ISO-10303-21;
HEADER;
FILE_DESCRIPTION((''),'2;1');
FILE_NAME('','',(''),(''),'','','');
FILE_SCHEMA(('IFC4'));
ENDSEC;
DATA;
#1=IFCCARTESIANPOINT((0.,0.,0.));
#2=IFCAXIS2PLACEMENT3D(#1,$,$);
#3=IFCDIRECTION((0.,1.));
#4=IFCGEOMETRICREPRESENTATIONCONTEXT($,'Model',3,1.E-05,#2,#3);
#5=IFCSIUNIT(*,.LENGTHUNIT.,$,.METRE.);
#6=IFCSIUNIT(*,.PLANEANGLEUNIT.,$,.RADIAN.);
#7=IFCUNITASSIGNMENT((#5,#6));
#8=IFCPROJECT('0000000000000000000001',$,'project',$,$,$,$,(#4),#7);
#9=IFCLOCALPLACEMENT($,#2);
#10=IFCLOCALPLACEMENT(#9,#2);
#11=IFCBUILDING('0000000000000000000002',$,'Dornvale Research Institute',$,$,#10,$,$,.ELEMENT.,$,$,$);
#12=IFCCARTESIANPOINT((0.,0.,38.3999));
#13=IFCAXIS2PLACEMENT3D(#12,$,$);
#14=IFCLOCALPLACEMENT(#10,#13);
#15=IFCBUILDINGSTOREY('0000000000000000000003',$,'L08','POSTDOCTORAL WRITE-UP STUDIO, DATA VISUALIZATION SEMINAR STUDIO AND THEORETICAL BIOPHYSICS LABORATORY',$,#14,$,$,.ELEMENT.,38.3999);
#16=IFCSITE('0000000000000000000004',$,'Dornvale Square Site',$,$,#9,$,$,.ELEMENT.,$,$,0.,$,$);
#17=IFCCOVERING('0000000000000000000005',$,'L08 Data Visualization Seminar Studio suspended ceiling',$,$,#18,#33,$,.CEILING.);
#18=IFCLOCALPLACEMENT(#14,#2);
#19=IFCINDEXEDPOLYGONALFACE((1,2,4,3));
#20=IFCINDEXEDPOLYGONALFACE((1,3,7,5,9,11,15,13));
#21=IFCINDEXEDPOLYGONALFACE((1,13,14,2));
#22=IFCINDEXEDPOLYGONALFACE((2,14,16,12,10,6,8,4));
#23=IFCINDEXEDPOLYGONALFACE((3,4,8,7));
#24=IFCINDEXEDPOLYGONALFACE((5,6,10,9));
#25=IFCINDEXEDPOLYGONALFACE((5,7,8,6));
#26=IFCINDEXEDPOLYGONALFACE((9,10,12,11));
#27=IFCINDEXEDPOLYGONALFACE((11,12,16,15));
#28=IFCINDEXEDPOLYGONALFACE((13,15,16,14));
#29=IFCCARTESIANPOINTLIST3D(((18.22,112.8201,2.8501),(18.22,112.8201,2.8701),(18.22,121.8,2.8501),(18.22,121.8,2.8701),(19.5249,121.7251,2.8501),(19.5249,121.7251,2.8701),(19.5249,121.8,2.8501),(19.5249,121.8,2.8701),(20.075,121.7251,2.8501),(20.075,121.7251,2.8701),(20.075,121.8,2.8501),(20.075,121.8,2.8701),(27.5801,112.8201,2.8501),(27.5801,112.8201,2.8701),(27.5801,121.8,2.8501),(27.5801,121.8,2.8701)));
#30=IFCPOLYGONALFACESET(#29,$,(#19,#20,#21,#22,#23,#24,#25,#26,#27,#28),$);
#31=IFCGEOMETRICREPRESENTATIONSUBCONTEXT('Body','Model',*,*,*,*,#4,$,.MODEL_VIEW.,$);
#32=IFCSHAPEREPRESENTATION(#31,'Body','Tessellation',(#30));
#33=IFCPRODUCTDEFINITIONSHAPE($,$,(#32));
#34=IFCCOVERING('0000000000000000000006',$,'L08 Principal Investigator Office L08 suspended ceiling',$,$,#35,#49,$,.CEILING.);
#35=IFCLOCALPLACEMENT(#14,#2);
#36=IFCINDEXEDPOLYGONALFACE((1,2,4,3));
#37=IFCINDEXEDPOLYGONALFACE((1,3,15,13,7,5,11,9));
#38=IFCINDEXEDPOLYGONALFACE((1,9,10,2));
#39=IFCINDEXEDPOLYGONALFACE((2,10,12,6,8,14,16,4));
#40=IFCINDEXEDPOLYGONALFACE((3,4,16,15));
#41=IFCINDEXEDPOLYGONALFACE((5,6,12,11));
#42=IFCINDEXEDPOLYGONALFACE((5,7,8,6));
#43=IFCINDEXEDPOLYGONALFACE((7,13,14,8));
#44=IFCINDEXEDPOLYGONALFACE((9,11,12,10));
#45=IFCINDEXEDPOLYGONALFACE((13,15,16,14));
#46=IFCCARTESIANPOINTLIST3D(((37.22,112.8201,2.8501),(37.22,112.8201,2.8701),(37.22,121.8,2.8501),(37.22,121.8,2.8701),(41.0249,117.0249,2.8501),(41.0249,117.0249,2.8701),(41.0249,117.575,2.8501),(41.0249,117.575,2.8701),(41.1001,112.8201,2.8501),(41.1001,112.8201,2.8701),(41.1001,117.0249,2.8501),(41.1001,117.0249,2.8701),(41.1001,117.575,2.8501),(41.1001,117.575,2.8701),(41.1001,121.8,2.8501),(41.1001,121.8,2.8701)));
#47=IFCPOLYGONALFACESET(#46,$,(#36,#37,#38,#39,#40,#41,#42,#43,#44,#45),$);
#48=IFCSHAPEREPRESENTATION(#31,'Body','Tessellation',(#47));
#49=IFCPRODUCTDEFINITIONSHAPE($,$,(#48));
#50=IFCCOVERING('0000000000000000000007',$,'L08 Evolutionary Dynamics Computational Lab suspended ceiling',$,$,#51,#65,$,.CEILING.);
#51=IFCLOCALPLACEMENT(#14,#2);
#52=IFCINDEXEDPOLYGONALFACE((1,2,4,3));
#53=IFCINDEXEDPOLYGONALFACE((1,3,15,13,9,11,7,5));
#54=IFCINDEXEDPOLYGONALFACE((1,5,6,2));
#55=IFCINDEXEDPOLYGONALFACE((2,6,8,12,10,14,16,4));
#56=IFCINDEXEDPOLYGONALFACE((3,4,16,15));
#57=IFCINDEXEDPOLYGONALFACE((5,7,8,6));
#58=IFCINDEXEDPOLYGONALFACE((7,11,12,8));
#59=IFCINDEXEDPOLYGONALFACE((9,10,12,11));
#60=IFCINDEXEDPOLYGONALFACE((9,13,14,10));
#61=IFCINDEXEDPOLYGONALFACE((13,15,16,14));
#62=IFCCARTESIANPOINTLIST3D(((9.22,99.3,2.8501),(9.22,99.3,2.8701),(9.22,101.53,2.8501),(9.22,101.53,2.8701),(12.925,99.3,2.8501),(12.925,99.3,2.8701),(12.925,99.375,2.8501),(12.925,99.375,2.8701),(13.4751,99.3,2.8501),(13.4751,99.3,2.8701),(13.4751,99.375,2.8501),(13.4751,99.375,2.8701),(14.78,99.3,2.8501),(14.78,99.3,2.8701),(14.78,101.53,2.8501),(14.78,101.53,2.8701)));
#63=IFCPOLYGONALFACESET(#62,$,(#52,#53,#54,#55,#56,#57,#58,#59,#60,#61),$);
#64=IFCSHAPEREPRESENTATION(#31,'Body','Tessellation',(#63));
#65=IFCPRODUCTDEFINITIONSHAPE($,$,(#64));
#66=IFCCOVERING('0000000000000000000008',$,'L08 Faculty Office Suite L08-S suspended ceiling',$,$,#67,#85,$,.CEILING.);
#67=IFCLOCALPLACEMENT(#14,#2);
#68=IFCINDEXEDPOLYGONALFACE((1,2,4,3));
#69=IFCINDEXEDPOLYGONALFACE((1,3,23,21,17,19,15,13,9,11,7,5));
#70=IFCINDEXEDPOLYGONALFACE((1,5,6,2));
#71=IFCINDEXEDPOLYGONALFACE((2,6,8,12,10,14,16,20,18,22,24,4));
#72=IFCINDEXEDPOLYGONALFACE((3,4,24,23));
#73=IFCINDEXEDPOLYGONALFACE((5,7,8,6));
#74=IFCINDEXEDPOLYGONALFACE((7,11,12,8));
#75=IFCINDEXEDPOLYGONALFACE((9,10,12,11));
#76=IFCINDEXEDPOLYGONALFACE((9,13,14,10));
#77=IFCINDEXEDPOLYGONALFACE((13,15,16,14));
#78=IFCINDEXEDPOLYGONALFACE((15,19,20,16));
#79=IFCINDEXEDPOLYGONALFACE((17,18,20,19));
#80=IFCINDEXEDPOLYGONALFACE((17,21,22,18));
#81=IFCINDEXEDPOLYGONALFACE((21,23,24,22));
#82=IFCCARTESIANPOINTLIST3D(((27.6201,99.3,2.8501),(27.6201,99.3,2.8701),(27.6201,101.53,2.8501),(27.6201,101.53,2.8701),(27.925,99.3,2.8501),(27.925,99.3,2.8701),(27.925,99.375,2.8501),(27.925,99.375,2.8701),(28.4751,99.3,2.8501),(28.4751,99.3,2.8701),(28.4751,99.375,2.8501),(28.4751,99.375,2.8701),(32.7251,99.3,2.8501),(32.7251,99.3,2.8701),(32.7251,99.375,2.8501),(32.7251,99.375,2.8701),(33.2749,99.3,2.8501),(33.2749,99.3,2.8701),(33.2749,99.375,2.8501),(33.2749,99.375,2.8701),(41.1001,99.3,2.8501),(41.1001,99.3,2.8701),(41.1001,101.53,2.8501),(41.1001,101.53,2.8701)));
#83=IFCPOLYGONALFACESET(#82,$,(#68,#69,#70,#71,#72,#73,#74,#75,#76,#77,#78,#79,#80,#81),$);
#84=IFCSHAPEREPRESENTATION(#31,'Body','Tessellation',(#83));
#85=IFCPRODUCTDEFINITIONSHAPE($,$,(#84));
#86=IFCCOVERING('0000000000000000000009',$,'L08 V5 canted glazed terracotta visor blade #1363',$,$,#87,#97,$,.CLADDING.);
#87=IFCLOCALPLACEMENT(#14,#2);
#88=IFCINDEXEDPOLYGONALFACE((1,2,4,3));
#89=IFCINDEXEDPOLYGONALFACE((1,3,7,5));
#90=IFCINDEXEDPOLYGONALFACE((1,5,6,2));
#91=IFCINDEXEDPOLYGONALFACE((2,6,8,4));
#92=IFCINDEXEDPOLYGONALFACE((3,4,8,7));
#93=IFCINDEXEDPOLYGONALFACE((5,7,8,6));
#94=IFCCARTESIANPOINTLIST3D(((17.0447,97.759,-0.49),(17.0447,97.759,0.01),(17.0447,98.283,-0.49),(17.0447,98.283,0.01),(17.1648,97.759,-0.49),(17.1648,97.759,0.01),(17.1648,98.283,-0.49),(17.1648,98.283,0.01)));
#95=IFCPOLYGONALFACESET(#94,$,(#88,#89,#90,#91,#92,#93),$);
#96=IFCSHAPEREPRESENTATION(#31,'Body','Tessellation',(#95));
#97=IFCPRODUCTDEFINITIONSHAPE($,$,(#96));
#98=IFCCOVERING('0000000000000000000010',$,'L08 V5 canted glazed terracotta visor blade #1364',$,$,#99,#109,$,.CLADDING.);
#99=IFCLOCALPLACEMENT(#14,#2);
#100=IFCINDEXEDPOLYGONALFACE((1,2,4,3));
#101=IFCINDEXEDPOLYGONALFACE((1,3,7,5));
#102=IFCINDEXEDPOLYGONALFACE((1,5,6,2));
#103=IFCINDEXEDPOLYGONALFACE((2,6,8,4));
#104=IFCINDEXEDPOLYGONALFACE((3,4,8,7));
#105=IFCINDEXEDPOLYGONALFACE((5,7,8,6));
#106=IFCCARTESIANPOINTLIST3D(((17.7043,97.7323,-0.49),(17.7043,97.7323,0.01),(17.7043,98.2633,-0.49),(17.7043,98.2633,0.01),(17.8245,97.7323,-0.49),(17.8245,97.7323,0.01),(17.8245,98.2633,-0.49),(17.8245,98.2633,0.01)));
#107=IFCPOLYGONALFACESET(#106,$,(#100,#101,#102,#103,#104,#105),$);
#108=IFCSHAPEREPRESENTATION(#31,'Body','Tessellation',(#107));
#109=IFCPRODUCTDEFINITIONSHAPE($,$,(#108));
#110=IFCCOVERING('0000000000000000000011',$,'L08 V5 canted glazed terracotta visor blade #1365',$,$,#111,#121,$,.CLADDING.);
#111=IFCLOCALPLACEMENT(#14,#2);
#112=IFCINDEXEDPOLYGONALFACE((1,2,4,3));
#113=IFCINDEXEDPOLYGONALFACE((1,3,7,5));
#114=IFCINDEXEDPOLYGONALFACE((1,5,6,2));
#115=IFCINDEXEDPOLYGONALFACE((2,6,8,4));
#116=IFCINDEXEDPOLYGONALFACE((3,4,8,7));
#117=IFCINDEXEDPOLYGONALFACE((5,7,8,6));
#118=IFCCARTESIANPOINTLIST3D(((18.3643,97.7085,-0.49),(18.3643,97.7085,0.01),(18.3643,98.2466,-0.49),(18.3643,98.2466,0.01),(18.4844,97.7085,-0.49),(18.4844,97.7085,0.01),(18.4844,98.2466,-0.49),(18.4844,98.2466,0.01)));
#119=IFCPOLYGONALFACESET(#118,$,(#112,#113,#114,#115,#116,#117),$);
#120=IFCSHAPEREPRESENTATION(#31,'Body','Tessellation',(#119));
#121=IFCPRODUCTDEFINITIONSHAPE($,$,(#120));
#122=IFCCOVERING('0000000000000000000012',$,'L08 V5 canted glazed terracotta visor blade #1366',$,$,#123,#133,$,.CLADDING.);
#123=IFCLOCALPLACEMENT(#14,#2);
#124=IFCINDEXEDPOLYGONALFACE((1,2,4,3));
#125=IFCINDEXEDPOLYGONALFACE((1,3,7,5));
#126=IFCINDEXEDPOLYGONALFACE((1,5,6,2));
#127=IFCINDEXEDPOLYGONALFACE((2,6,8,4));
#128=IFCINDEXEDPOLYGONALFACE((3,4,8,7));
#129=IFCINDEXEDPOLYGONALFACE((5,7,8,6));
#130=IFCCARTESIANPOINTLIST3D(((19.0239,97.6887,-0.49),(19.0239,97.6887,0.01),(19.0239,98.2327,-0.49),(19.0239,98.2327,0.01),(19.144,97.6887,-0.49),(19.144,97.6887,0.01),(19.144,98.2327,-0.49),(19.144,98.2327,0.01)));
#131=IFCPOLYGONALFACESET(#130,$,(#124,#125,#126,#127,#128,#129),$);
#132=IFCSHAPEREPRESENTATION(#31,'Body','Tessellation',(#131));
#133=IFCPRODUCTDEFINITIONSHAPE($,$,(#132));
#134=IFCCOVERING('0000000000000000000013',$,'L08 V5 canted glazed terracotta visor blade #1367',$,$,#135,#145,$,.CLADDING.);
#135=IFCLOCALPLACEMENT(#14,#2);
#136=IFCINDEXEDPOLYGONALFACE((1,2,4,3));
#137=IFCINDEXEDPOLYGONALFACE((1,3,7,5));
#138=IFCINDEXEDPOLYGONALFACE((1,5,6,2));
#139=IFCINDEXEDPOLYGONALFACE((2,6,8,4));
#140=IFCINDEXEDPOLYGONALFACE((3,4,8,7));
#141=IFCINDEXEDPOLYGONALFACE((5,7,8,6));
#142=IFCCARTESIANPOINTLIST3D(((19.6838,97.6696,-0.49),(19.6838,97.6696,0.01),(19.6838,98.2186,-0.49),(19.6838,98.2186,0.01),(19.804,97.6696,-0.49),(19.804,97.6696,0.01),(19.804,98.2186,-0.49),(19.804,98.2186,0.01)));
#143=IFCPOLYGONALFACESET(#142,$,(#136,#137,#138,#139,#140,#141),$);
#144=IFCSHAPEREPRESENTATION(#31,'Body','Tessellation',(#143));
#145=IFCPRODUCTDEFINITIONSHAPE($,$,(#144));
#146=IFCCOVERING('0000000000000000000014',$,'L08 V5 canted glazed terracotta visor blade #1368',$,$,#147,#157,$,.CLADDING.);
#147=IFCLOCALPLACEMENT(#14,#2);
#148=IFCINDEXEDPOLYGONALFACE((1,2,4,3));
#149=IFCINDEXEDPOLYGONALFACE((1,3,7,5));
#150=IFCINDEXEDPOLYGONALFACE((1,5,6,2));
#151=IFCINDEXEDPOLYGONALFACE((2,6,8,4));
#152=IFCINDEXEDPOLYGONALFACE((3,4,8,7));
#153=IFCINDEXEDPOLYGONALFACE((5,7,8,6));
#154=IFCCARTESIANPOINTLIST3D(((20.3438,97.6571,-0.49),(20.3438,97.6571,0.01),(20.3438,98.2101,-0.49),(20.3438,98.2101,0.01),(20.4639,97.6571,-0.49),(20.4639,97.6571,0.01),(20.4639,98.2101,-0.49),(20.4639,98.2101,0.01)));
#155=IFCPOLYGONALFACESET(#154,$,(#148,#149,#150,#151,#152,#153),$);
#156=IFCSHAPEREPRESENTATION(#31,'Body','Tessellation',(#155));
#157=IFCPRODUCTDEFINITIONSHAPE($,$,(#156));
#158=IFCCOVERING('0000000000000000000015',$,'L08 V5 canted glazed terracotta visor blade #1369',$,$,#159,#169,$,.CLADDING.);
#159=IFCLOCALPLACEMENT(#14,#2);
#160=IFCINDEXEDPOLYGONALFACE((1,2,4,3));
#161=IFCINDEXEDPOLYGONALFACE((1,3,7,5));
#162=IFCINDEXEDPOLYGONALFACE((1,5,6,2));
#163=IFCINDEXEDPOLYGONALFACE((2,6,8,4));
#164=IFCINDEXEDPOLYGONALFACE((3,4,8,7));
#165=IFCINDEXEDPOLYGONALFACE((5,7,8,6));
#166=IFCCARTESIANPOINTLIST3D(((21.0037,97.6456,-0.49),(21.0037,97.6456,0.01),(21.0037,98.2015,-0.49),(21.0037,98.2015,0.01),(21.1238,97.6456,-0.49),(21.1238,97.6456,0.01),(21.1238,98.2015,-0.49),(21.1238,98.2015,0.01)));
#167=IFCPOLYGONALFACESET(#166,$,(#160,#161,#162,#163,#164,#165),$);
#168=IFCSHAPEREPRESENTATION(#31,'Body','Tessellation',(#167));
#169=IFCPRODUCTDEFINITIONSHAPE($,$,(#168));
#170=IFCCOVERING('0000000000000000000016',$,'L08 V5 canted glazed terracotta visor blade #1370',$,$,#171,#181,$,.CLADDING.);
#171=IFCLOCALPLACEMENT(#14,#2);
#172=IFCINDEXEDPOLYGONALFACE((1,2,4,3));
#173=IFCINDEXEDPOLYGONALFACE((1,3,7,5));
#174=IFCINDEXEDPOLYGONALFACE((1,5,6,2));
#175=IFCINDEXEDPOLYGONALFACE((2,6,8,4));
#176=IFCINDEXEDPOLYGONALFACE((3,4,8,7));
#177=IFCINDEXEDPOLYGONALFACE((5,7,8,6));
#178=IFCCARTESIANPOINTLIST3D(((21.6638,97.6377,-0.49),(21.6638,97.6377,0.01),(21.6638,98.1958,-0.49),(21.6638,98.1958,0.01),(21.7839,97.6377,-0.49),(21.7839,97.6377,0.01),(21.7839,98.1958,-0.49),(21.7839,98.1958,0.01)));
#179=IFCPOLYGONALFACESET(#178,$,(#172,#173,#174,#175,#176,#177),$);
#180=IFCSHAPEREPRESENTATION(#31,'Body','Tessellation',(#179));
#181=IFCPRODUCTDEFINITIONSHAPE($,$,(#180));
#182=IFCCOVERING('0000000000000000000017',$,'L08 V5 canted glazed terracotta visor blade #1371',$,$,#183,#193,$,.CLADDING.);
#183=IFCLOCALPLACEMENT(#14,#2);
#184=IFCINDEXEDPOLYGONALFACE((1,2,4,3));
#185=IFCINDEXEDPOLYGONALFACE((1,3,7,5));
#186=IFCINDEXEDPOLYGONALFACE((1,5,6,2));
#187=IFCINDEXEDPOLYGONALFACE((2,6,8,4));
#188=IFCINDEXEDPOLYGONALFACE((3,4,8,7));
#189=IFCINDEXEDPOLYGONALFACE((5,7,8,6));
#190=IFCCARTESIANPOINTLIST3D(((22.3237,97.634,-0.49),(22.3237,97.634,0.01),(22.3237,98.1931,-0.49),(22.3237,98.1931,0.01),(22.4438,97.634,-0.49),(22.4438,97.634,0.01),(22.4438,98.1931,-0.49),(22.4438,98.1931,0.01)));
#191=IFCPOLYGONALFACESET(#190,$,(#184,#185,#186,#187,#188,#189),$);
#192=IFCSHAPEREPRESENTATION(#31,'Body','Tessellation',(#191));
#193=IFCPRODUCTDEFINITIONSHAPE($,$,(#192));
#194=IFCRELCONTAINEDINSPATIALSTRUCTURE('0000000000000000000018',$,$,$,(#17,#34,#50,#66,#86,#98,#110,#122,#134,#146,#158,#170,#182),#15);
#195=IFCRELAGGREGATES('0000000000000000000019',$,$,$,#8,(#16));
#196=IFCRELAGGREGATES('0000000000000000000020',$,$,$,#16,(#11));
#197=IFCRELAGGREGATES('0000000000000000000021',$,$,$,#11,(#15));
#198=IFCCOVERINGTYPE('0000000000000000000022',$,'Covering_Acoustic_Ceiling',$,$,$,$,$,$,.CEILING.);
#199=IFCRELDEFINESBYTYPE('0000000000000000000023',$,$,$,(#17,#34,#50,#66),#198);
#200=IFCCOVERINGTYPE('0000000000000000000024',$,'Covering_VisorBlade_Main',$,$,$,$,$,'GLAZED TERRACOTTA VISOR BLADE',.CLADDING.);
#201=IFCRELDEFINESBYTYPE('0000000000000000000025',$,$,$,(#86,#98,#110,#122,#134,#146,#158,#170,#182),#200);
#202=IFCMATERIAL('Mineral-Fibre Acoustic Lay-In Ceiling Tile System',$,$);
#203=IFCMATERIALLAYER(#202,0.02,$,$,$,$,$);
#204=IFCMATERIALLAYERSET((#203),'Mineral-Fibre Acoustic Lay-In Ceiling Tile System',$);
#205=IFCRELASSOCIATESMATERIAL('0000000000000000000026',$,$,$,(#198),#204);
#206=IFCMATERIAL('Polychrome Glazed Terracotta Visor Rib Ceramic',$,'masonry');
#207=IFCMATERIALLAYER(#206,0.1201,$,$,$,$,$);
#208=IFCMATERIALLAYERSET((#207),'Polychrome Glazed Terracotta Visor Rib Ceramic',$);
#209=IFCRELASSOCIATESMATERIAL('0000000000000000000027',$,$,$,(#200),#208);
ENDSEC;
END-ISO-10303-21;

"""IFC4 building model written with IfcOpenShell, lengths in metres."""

from ifc_helpers import new_model, si_unit, direction, frame, origin, origin_2d, place, context, subcontext, project, spatial, polyline, rectangle, outline, extrude, material, layer, layer_set, type_object, element, save


model = new_model("IFC4")

# Units and contexts
model_context = context("Model", 3, precision=1e-05, world=origin(), true_north=direction((0.0, 1.0)))
body_context = subcontext(model_context, "Body", "Model", "MODEL_VIEW")
ifc_project = project(units=[si_unit("LENGTHUNIT", "METRE"), si_unit("PLANEANGLEUNIT", "RADIAN")], contexts=[model_context])

# Site, building, storey
site_placement = place(None, origin())
site = spatial("IfcSite", under=ifc_project, at=site_placement, Name="Dornvale Square Site", CompositionType="ELEMENT", RefElevation=0.0)
building_placement = place(site_placement, origin())
building = spatial("IfcBuilding", under=site, at=building_placement, Name="Dornvale Research Institute", CompositionType="ELEMENT")
storey_placement = place(building_placement, frame((0.0, 0.0, 38.3999)))
storey = spatial("IfcBuildingStorey", under=building, at=storey_placement, Name="L08", Description="POSTDOCTORAL WRITE-UP STUDIO, DATA VISUALIZATION SEMINAR STUDIO AND THEORETICAL BIOPHYSICS LABORATORY", CompositionType="ELEMENT", Elevation=38.3999)

# Coverings
ifc_material_1 = material(Name="Mineral-Fibre Acoustic Lay-In Ceiling Tile System")
ifc_layer_1 = layer(ifc_material_1, 0.02)
ifc_layer_set_1 = layer_set([ifc_layer_1], Name="Mineral-Fibre Acoustic Lay-In Ceiling Tile System")
covering_type_1 = type_object("IfcCoveringType", Name="Covering_Acoustic_Ceiling", PredefinedType="CEILING", material=ifc_layer_set_1)
covering_1_placement = place(storey_placement, frame((0.0, 0.0, 2.8501)))
element("IfcCovering", 1, at=covering_1_placement, inside=storey, type_object=covering_type_1, Name="L08 Data Visualization Seminar Studio suspended ceiling", PredefinedType="CEILING", context=body_context, shape_type="SweptSolid", body=[
    extrude(outline(polyline([(27.5801, 112.8201), (18.22, 112.8201), (18.22, 121.8), (19.5249, 121.8), (19.5249, 121.7251), (20.075, 121.7251), (20.075, 121.8), (27.5801, 121.8), (27.5801, 112.8201)])), origin(), (0.0, 0.0, 1.0), 0.02),
])
covering_2_placement = place(storey_placement, frame((0.0, 0.0, 2.8501)))
element("IfcCovering", 2, at=covering_2_placement, inside=storey, type_object=covering_type_1, Name="L08 Principal Investigator Office L08 suspended ceiling", PredefinedType="CEILING", context=body_context, shape_type="SweptSolid", body=[
    extrude(outline(polyline([(41.1001, 117.575), (41.0249, 117.575), (41.0249, 117.0249), (41.1001, 117.0249), (41.1001, 112.8201), (37.22, 112.8201), (37.22, 121.8), (41.1001, 121.8), (41.1001, 117.575)])), origin(), (0.0, 0.0, 1.0), 0.02),
])
covering_3_placement = place(storey_placement, frame((0.0, 0.0, 2.8501)))
element("IfcCovering", 3, at=covering_3_placement, inside=storey, type_object=covering_type_1, Name="L08 Evolutionary Dynamics Computational Lab suspended ceiling", PredefinedType="CEILING", context=body_context, shape_type="SweptSolid", body=[
    extrude(outline(polyline([(14.78, 99.3), (13.4751, 99.3), (13.4751, 99.375), (12.925, 99.375), (12.925, 99.3), (9.22, 99.3), (9.22, 101.53), (14.78, 101.53), (14.78, 99.3)])), origin(), (0.0, 0.0, 1.0), 0.02),
])
covering_4_placement = place(storey_placement, frame((0.0, 0.0, 2.8501)))
element("IfcCovering", 4, at=covering_4_placement, inside=storey, type_object=covering_type_1, Name="L08 Faculty Office Suite L08-S suspended ceiling", PredefinedType="CEILING", context=body_context, shape_type="SweptSolid", body=[
    extrude(outline(polyline([(32.7251, 99.3), (28.4751, 99.3), (28.4751, 99.375), (27.925, 99.375), (27.925, 99.3), (27.6201, 99.3), (27.6201, 101.53), (41.1001, 101.53), (41.1001, 99.3), (33.2749, 99.3), (33.2749, 99.375), (32.7251, 99.375), (32.7251, 99.3)])), origin(), (0.0, 0.0, 1.0), 0.02),
])
ifc_material_2 = material(Name="Polychrome Glazed Terracotta Visor Rib Ceramic", Category="masonry")
ifc_layer_2 = layer(ifc_material_2, 0.1201)
ifc_layer_set_2 = layer_set([ifc_layer_2], Name="Polychrome Glazed Terracotta Visor Rib Ceramic")
covering_type_2 = type_object("IfcCoveringType", Name="Covering_VisorBlade_Main", ElementType="GLAZED TERRACOTTA VISOR BLADE", PredefinedType="CLADDING", material=ifc_layer_set_2)
covering_5_placement = place(storey_placement, frame((17.1047, 98.021, -0.49), z_axis=(0.0, 0.0, 1.0), x_axis=(0.0, 1.0, 0.0)))
element("IfcCovering", 5, at=covering_5_placement, inside=storey, type_object=covering_type_2, Name="L08 V5 canted glazed terracotta visor blade #1363", PredefinedType="CLADDING", context=body_context, shape_type="SweptSolid", body=[
    extrude(rectangle(XDim=0.5239, YDim=0.1201, at=origin_2d()), origin(), (0.0, 0.0, 1.0), 0.5),
])
covering_6_placement = place(storey_placement, frame((17.7644, 97.9978, -0.49), z_axis=(0.0, 0.0, 1.0), x_axis=(0.0, 1.0, 0.0)))
element("IfcCovering", 6, at=covering_6_placement, inside=storey, type_object=covering_type_2, Name="L08 V5 canted glazed terracotta visor blade #1364", PredefinedType="CLADDING", context=body_context, shape_type="SweptSolid", body=[
    extrude(rectangle(XDim=0.531, YDim=0.1201, at=origin_2d()), origin(), (0.0, 0.0, 1.0), 0.5),
])
covering_7_placement = place(storey_placement, frame((18.4243, 97.9775, -0.49), z_axis=(0.0, 0.0, 1.0), x_axis=(0.0, 1.0, 0.0)))
element("IfcCovering", 7, at=covering_7_placement, inside=storey, type_object=covering_type_2, Name="L08 V5 canted glazed terracotta visor blade #1365", PredefinedType="CLADDING", context=body_context, shape_type="SweptSolid", body=[
    extrude(rectangle(XDim=0.5381, YDim=0.1201, at=origin_2d()), origin(), (0.0, 0.0, 1.0), 0.5),
])
covering_8_placement = place(storey_placement, frame((19.084, 97.9607, -0.49), z_axis=(0.0, 0.0, 1.0), x_axis=(0.0, 1.0, 0.0)))
element("IfcCovering", 8, at=covering_8_placement, inside=storey, type_object=covering_type_2, Name="L08 V5 canted glazed terracotta visor blade #1366", PredefinedType="CLADDING", context=body_context, shape_type="SweptSolid", body=[
    extrude(rectangle(XDim=0.5439, YDim=0.1201, at=origin_2d()), origin(), (0.0, 0.0, 1.0), 0.5),
])
covering_9_placement = place(storey_placement, frame((19.7439, 97.9441, -0.49), z_axis=(0.0, 0.0, 1.0), x_axis=(0.0, 1.0, 0.0)))
element("IfcCovering", 9, at=covering_9_placement, inside=storey, type_object=covering_type_2, Name="L08 V5 canted glazed terracotta visor blade #1367", PredefinedType="CLADDING", context=body_context, shape_type="SweptSolid", body=[
    extrude(rectangle(XDim=0.5491, YDim=0.1201, at=origin_2d()), origin(), (0.0, 0.0, 1.0), 0.5),
])
covering_10_placement = place(storey_placement, frame((20.4038, 97.9336, -0.49), z_axis=(0.0, 0.0, 1.0), x_axis=(0.0, 1.0, 0.0)))
element("IfcCovering", 10, at=covering_10_placement, inside=storey, type_object=covering_type_2, Name="L08 V5 canted glazed terracotta visor blade #1368", PredefinedType="CLADDING", context=body_context, shape_type="SweptSolid", body=[
    extrude(rectangle(XDim=0.553, YDim=0.1201, at=origin_2d()), origin(), (0.0, 0.0, 1.0), 0.5),
])
covering_11_placement = place(storey_placement, frame((21.0637, 97.9236, -0.49), z_axis=(0.0, 0.0, 1.0), x_axis=(0.0, 1.0, 0.0)))
element("IfcCovering", 11, at=covering_11_placement, inside=storey, type_object=covering_type_2, Name="L08 V5 canted glazed terracotta visor blade #1369", PredefinedType="CLADDING", context=body_context, shape_type="SweptSolid", body=[
    extrude(rectangle(XDim=0.5559, YDim=0.1201, at=origin_2d()), origin(), (0.0, 0.0, 1.0), 0.5),
])
covering_12_placement = place(storey_placement, frame((21.7239, 97.9167, -0.49), z_axis=(0.0, 0.0, 1.0), x_axis=(0.0, 1.0, 0.0)))
element("IfcCovering", 12, at=covering_12_placement, inside=storey, type_object=covering_type_2, Name="L08 V5 canted glazed terracotta visor blade #1370", PredefinedType="CLADDING", context=body_context, shape_type="SweptSolid", body=[
    extrude(rectangle(XDim=0.5581, YDim=0.1201, at=origin_2d()), origin(), (0.0, 0.0, 1.0), 0.5),
])
covering_13_placement = place(storey_placement, frame((22.3838, 97.9136, -0.49), z_axis=(0.0, 0.0, 1.0), x_axis=(0.0, 1.0, 0.0)))
element("IfcCovering", 13, at=covering_13_placement, inside=storey, type_object=covering_type_2, Name="L08 V5 canted glazed terracotta visor blade #1371", PredefinedType="CLADDING", context=body_context, shape_type="SweptSolid", body=[
    extrude(rectangle(XDim=0.5591, YDim=0.1201, at=origin_2d()), origin(), (0.0, 0.0, 1.0), 0.5),
])

save(model, "model.ifc")
